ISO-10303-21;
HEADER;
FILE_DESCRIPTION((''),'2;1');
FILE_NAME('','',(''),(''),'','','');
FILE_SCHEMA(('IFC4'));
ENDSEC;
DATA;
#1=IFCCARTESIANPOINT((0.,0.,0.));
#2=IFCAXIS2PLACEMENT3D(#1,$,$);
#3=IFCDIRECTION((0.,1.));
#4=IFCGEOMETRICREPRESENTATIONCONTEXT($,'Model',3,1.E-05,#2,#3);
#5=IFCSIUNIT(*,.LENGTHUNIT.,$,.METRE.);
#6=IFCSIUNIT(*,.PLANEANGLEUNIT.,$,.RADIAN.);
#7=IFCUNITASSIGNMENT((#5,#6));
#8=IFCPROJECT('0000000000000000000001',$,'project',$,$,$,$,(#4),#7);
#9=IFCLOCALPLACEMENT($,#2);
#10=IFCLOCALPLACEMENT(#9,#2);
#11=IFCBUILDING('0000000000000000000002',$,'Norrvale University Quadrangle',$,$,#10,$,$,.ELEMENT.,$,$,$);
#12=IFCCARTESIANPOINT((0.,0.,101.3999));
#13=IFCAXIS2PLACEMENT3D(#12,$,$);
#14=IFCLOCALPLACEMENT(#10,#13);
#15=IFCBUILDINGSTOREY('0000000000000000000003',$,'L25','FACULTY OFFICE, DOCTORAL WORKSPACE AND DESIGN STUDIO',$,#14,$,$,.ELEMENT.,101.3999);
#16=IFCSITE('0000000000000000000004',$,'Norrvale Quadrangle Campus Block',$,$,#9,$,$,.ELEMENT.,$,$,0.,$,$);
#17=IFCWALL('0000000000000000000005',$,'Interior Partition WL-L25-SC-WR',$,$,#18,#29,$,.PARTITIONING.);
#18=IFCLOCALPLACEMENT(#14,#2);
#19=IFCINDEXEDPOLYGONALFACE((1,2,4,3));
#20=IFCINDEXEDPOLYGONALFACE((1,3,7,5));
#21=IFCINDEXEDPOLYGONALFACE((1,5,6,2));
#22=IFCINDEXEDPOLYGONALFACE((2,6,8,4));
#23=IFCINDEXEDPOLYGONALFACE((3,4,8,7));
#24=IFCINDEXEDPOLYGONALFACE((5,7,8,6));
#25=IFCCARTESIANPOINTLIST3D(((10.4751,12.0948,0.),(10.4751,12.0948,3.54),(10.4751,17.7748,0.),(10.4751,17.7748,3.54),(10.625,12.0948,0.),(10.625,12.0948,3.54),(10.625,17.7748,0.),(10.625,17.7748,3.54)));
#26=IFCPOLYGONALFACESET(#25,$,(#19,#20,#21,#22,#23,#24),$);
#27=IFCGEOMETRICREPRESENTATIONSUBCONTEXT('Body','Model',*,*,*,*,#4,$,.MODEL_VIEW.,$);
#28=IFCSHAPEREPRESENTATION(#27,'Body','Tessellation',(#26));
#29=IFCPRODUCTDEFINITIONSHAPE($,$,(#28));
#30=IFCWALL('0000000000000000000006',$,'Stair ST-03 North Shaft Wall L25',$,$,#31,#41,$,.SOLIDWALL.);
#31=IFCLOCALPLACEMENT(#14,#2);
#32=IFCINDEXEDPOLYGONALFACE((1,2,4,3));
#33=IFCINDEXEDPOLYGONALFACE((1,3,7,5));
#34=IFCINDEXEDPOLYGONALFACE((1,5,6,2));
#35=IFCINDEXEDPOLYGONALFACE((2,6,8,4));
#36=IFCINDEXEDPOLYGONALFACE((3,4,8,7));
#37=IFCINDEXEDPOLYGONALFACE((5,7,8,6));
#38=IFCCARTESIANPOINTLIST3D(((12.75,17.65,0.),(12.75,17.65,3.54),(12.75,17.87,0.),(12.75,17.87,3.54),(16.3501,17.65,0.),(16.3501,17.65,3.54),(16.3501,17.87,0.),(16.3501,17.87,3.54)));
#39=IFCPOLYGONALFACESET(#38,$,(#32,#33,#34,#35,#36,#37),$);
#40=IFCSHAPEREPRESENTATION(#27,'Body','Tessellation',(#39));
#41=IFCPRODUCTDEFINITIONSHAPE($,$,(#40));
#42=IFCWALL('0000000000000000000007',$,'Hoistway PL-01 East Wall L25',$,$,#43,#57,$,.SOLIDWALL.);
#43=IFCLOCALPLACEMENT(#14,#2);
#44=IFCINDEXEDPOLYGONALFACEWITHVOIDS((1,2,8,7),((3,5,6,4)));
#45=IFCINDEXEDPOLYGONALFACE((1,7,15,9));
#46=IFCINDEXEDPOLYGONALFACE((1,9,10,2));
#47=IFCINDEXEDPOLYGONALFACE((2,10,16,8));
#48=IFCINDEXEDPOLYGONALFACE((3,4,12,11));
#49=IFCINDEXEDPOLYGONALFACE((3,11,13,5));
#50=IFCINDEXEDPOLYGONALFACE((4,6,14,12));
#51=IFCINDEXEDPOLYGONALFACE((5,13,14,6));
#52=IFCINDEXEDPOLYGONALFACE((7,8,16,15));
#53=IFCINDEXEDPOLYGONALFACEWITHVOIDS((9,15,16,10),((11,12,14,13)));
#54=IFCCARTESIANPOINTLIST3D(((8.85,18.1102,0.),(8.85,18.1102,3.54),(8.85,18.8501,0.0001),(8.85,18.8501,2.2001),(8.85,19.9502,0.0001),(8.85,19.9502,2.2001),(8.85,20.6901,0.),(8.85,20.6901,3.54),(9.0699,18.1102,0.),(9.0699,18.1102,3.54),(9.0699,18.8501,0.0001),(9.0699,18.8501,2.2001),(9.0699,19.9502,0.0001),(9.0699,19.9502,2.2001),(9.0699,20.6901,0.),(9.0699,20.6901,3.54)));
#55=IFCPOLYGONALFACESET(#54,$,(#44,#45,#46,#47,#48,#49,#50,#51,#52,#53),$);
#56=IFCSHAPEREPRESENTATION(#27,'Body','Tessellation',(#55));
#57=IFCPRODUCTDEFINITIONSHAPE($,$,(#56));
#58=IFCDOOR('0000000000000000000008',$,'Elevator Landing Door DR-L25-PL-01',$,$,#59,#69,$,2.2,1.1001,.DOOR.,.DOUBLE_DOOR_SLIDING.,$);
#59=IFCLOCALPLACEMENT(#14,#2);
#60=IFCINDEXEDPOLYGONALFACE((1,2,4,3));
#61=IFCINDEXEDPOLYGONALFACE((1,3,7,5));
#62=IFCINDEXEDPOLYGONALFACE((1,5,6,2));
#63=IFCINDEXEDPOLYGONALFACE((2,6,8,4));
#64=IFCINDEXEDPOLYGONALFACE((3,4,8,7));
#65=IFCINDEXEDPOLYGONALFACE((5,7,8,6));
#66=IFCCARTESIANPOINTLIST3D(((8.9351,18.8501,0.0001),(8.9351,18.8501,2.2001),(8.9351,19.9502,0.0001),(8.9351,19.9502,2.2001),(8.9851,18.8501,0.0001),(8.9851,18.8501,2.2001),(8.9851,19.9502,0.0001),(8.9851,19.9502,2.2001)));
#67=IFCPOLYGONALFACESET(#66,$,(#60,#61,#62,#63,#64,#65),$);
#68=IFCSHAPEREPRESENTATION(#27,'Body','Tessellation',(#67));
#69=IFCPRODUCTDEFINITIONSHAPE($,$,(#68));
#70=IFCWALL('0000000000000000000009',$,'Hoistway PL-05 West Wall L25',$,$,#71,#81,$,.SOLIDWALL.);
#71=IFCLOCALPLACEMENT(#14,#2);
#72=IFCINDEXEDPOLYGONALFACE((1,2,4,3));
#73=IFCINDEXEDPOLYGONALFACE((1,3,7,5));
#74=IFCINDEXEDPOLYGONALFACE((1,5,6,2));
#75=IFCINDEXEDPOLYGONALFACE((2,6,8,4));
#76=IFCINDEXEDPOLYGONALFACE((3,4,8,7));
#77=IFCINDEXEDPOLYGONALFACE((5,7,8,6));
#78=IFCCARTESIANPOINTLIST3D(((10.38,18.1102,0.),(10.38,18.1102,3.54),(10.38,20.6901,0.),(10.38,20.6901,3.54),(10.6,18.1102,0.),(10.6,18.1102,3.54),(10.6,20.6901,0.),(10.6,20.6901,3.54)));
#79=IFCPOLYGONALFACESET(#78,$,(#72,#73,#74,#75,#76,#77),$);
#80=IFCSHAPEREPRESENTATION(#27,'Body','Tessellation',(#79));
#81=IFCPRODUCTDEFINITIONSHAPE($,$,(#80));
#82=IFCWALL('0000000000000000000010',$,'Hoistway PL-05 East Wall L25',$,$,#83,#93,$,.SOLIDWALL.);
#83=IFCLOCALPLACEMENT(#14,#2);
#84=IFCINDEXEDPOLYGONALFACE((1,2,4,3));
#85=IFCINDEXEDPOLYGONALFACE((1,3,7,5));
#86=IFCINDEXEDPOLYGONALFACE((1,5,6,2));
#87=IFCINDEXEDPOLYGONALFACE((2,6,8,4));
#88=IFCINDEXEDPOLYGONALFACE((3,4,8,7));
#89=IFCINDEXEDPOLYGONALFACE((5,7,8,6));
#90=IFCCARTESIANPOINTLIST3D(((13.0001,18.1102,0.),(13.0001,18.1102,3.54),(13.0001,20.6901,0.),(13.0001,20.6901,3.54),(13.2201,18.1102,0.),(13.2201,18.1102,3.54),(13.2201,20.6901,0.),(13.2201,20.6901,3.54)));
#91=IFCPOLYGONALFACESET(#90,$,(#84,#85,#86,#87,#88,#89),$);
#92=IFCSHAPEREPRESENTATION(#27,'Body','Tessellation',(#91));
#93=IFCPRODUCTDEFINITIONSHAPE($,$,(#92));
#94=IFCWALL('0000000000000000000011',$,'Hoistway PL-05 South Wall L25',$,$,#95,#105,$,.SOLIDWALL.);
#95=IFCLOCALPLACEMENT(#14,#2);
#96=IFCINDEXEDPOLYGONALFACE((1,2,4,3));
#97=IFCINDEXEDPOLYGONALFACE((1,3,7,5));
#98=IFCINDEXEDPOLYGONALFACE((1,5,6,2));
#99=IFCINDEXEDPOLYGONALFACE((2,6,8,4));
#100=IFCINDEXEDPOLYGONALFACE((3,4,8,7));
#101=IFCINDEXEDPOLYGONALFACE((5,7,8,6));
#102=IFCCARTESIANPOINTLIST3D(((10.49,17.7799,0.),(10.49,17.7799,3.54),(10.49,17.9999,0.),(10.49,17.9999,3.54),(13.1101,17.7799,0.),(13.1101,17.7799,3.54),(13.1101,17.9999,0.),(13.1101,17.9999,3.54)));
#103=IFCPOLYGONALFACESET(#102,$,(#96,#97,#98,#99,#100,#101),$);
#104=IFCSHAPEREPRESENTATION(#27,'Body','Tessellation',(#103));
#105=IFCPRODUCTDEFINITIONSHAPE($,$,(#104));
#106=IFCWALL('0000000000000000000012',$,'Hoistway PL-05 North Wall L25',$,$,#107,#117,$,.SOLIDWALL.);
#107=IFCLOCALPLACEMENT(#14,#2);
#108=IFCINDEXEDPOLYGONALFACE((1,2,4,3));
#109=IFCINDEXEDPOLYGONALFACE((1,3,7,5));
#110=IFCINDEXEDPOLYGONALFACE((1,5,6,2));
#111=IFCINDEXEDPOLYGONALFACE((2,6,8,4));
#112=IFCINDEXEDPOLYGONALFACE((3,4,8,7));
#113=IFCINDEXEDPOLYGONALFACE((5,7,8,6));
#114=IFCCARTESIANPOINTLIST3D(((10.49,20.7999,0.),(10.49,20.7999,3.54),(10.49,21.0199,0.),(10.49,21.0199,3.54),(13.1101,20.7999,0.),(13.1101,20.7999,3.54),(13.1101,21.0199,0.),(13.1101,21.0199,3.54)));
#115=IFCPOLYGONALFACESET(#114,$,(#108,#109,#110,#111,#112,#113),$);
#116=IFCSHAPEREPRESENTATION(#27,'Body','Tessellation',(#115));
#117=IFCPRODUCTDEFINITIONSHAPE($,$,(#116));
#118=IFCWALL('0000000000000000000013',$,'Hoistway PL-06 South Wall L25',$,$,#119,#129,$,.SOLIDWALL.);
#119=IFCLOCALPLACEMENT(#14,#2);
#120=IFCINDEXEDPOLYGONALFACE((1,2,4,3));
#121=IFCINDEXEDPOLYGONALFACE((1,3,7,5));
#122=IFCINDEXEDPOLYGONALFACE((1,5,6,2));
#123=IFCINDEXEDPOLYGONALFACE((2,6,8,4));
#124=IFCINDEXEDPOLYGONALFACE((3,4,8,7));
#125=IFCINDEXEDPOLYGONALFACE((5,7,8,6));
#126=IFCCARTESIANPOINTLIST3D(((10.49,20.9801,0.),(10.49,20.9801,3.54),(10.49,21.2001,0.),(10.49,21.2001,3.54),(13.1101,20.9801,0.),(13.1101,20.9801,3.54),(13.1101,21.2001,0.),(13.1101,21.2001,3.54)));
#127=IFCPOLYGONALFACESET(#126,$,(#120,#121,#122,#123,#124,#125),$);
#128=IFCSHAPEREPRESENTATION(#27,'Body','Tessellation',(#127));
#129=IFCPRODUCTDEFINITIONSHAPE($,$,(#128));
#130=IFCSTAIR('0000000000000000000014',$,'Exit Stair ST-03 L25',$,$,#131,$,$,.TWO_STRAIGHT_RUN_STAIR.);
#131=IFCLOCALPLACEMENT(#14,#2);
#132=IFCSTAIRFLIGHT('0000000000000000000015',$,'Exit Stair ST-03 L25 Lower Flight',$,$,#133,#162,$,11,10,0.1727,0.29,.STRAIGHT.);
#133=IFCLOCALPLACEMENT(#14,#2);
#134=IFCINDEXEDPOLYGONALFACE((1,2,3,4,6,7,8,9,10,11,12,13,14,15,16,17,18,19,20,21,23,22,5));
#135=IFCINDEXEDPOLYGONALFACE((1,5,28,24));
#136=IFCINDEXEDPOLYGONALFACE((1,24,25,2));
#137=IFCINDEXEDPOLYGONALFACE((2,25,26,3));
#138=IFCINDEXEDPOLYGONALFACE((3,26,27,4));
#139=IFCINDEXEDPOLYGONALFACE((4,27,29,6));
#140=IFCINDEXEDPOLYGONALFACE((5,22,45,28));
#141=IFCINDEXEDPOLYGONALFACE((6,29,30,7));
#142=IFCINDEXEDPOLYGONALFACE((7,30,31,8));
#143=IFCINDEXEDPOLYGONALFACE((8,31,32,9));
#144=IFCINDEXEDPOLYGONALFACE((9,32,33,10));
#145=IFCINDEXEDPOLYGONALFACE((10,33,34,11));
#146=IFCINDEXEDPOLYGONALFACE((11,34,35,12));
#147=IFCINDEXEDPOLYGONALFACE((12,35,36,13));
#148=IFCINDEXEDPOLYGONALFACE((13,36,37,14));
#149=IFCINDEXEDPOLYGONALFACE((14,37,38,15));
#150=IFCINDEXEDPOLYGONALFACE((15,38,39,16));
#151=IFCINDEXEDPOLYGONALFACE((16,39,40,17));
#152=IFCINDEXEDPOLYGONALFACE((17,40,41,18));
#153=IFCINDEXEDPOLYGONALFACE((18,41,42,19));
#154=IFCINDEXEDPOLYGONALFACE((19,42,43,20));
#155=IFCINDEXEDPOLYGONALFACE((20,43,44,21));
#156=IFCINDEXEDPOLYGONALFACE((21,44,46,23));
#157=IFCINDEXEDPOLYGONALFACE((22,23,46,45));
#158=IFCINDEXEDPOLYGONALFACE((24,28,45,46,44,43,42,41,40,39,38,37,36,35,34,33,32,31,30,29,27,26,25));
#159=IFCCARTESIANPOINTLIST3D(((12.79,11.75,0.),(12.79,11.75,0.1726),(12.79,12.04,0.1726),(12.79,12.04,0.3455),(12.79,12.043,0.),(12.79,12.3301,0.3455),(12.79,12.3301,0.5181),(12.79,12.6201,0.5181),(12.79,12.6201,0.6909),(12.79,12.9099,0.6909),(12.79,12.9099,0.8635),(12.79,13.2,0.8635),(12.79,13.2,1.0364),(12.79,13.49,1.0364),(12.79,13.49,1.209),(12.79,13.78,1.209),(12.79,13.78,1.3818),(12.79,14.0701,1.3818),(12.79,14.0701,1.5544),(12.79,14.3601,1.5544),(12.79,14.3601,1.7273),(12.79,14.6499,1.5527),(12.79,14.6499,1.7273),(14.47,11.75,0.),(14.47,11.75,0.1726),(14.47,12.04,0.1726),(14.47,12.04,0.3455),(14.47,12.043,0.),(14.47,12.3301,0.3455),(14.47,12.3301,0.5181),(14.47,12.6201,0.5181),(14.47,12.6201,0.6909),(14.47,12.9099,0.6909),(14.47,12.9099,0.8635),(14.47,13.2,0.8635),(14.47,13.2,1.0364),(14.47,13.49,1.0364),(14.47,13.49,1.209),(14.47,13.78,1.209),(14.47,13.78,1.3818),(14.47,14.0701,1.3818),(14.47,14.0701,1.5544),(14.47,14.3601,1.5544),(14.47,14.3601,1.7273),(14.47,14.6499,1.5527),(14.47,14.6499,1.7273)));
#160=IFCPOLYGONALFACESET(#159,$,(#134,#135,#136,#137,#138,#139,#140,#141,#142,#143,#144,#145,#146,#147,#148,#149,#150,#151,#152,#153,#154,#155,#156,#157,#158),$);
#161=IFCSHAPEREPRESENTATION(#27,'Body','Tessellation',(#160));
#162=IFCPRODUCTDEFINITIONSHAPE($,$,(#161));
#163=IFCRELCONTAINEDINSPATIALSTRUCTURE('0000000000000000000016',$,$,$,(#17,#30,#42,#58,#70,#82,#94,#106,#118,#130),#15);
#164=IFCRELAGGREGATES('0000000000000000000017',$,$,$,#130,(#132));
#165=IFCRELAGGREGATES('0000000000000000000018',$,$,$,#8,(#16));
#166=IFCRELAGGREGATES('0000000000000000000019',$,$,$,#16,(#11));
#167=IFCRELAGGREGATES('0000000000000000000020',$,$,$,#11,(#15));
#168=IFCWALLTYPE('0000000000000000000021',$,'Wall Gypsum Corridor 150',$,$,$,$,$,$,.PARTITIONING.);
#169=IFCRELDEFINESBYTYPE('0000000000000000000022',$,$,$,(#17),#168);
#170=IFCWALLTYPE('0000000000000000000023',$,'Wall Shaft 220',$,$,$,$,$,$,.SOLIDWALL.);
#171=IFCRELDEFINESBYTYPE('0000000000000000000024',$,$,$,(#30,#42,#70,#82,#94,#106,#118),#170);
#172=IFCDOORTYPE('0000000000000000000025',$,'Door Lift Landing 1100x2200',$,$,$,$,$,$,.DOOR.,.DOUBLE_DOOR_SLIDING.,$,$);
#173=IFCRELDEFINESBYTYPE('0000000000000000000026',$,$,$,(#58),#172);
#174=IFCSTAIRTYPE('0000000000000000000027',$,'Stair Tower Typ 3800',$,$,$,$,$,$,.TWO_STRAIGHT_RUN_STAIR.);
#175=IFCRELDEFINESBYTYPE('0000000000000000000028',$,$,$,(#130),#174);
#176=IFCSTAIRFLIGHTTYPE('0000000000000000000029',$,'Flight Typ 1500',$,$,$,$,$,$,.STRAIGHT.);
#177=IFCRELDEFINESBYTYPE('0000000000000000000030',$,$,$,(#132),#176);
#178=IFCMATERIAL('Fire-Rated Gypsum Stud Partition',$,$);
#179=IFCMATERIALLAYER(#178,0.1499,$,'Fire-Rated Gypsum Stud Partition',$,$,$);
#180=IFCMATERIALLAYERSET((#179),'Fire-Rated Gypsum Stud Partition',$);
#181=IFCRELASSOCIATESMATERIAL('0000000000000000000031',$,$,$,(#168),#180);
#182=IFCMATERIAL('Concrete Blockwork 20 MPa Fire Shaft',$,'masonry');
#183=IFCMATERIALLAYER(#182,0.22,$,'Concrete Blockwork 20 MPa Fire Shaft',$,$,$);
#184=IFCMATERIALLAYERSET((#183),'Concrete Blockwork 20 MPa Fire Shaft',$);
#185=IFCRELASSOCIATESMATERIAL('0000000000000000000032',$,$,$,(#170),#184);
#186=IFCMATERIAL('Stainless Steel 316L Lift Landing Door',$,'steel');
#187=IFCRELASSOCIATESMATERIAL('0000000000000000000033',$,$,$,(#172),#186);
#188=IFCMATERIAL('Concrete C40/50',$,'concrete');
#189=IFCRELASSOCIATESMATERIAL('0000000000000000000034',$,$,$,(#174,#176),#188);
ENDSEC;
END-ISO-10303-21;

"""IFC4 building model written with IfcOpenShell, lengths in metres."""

from ifc_helpers import new_model, si_unit, direction, frame, frame_2d, origin, place, context, subcontext, project, spatial, polyline, rectangle, outline, extrude, material, layer, layer_set, type_object, element, fill, aggregate, save


model = new_model("IFC4")

# Units and contexts
model_context = context("Model", 3, precision=1e-05, world=origin(), true_north=direction((0.0, 1.0)))
body_context = subcontext(model_context, "Body", "Model", "MODEL_VIEW")
ifc_project = project(units=[si_unit("LENGTHUNIT", "METRE"), si_unit("PLANEANGLEUNIT", "RADIAN")], contexts=[model_context])

# Site, building, storey
site_placement = place(None, origin())
site = spatial("IfcSite", under=ifc_project, at=site_placement, Name="Norrvale Quadrangle Campus Block", CompositionType="ELEMENT", RefElevation=0.0)
building_placement = place(site_placement, origin())
building = spatial("IfcBuilding", under=site, at=building_placement, Name="Norrvale University Quadrangle", CompositionType="ELEMENT")
storey_placement = place(building_placement, frame((0.0, 0.0, 101.3999)))
storey = spatial("IfcBuildingStorey", under=building, at=storey_placement, Name="L25", Description="FACULTY OFFICE, DOCTORAL WORKSPACE AND DESIGN STUDIO", CompositionType="ELEMENT", Elevation=101.3999)

# Shared definitions
ifc_material_1 = material(Name="Fire-Rated Gypsum Stud Partition")
ifc_layer_1 = layer(ifc_material_1, 0.1499, Name="Fire-Rated Gypsum Stud Partition")
ifc_layer_set_1 = layer_set([ifc_layer_1], Name="Fire-Rated Gypsum Stud Partition")
wall_type_1 = type_object("IfcWallType", Name="Wall Gypsum Corridor 150", PredefinedType="PARTITIONING", material=ifc_layer_set_1)

# Walls
for number, where, z_axis, x_axis, name in (
    (1, (10.55, 12.095, 0.0), (0.0, 0.0, 1.0), (0.0, 1.0, 0.0), "Interior Partition WL-L25-SC-WR"),
):
    element("IfcWall", number, at=place(storey_placement, frame(where, z_axis=z_axis, x_axis=x_axis)), inside=storey, type_object=wall_type_1, Name=name, PredefinedType="PARTITIONING", context=body_context, shape_type="SweptSolid", body=[
        extrude(rectangle(XDim=5.6799, YDim=0.1499, at=frame_2d((2.8398, 0.0))), origin(), (0.0, 0.0, 1.0), 3.54),
    ])
ifc_material_2 = material(Name="Concrete Blockwork 20 MPa Fire Shaft", Category="masonry")
ifc_layer_2 = layer(ifc_material_2, 0.22, Name="Concrete Blockwork 20 MPa Fire Shaft")
ifc_layer_set_2 = layer_set([ifc_layer_2], Name="Concrete Blockwork 20 MPa Fire Shaft")
wall_type_2 = type_object("IfcWallType", Name="Wall Shaft 220", PredefinedType="SOLIDWALL", material=ifc_layer_set_2)
wall_1_placement = place(storey_placement, frame((12.75, 17.76, 0.0), z_axis=(0.0, 0.0, 1.0), x_axis=(1.0, 0.0, 0.0)))
element("IfcWall", 2, at=wall_1_placement, inside=storey, type_object=wall_type_2, Name="Stair ST-03 North Shaft Wall L25", PredefinedType="SOLIDWALL", context=body_context, shape_type="SweptSolid", body=[
    extrude(rectangle(XDim=3.6001, YDim=0.22, at=frame_2d((1.8, 0.0))), origin(), (0.0, 0.0, 1.0), 3.54),
])

# Wall, opening, door
wall_2_placement = place(storey_placement, frame((8.96, 18.1101, 0.0), z_axis=(0.0, 0.0, 1.0), x_axis=(0.0, 1.0, 0.0)))
wall_2 = element("IfcWall", 3, at=wall_2_placement, inside=storey, type_object=wall_type_2, Name="Hoistway PL-01 East Wall L25", PredefinedType="SOLIDWALL", context=body_context, shape_type="SweptSolid", body=[
    extrude(rectangle(XDim=2.5798, YDim=0.22, at=frame_2d((1.29, 0.0))), origin(), (0.0, 0.0, 1.0), 3.54),
])
opening_1_placement = place(wall_2_placement, frame((0.74, 0.0, 0.0)))
opening_1 = element("IfcOpeningElement", 4, at=opening_1_placement, cuts=wall_2, PredefinedType="OPENING", context=body_context, shape_type="SweptSolid", body=[
    extrude(rectangle(XDim=1.1001, YDim=2.2, at=frame_2d((0.55, 1.1001))), frame((0.0, 0.1221, 0.0), z_axis=(0.0, -1.0, 0.0), x_axis=(1.0, 0.0, 0.0)), (0.0, 0.0, 1.0), 0.2439),
])
ifc_material_3 = material(Name="Stainless Steel 316L Lift Landing Door", Category="steel")
door_type_1 = type_object("IfcDoorType", Name="Door Lift Landing 1100x2200", OperationType="DOUBLE_DOOR_SLIDING", PredefinedType="DOOR", material=ifc_material_3)
door_1_placement = place(opening_1_placement, origin())
door_1 = element("IfcDoor", 5, at=door_1_placement, inside=storey, type_object=door_type_1, Name="Elevator Landing Door DR-L25-PL-01", OperationType="DOUBLE_DOOR_SLIDING", OverallHeight=2.2, OverallWidth=1.1001, PredefinedType="DOOR", context=body_context, shape_type="SweptSolid", body=[
    extrude(rectangle(XDim=1.1001, YDim=2.2, at=frame_2d((0.55, 1.1001))), frame((0.0, 0.0249, 0.0), z_axis=(0.0, -1.0, 0.0), x_axis=(1.0, 0.0, 0.0)), (0.0, 0.0, 1.0), 0.05),
])
fill(opening_1, door_1)

# Walls
for number, where, z_axis, x_axis, name in (
    (6, (10.49, 18.1101, 0.0), (0.0, 0.0, 1.0), (0.0, 1.0, 0.0), "Hoistway PL-05 West Wall L25"),
    (7, (13.1101, 18.1101, 0.0), (0.0, 0.0, 1.0), (0.0, 1.0, 0.0), "Hoistway PL-05 East Wall L25"),
):
    element("IfcWall", number, at=place(storey_placement, frame(where, z_axis=z_axis, x_axis=x_axis)), inside=storey, type_object=wall_type_2, Name=name, PredefinedType="SOLIDWALL", context=body_context, shape_type="SweptSolid", body=[
        extrude(rectangle(XDim=2.5798, YDim=0.22, at=frame_2d((1.29, 0.0))), origin(), (0.0, 0.0, 1.0), 3.54),
    ])
for number, where, z_axis, x_axis, name in (
    (8, (10.49, 17.8899, 0.0), (0.0, 0.0, 1.0), (1.0, 0.0, 0.0), "Hoistway PL-05 South Wall L25"),
    (9, (10.49, 20.9099, 0.0), (0.0, 0.0, 1.0), (1.0, 0.0, 0.0), "Hoistway PL-05 North Wall L25"),
    (10, (10.49, 21.0901, 0.0), (0.0, 0.0, 1.0), (1.0, 0.0, 0.0), "Hoistway PL-06 South Wall L25"),
):
    element("IfcWall", number, at=place(storey_placement, frame(where, z_axis=z_axis, x_axis=x_axis)), inside=storey, type_object=wall_type_2, Name=name, PredefinedType="SOLIDWALL", context=body_context, shape_type="SweptSolid", body=[
        extrude(rectangle(XDim=2.6201, YDim=0.22, at=frame_2d((1.3101, 0.0))), origin(), (0.0, 0.0, 1.0), 3.54),
    ])

# Stair, stair flight
ifc_material_4 = material(Name="Concrete C40/50", Category="concrete")
stair_type = type_object("IfcStairType", Name="Stair Tower Typ 3800", PredefinedType="TWO_STRAIGHT_RUN_STAIR", material=ifc_material_4)
stair_placement = place(storey_placement, origin())
stair = element("IfcStair", 11, at=stair_placement, inside=storey, type_object=stair_type, Name="Exit Stair ST-03 L25", PredefinedType="TWO_STRAIGHT_RUN_STAIR")
stair_flight_type = type_object("IfcStairFlightType", Name="Flight Typ 1500", PredefinedType="STRAIGHT", material=ifc_material_4)
stair_flight_1_placement = place(storey_placement, frame((13.6299, 11.75, 0.0), z_axis=(0.0, 0.0, 1.0), x_axis=(0.0, 1.0, 0.0)))
stair_flight_1 = element("IfcStairFlight", 12, at=stair_flight_1_placement, type_object=stair_flight_type, Name="Exit Stair ST-03 L25 Lower Flight", NumberOfRisers=11, NumberOfTreads=10, PredefinedType="STRAIGHT", RiserHeight=0.1727, TreadLength=0.29, context=body_context, shape_type="SweptSolid", body=[
    extrude(outline(polyline([(0.0, 0.0), (0.0, 0.1726), (0.29, 0.1726), (0.29, 0.3455), (0.5801, 0.3455), (0.5801, 0.5181), (0.8701, 0.5181), (0.8701, 0.6909), (1.1599, 0.6909), (1.1599, 0.8635), (1.45, 0.8635), (1.45, 1.0364), (1.74, 1.0364), (1.74, 1.209), (2.03, 1.209), (2.03, 1.3818), (2.3201, 1.3818), (2.3201, 1.5544), (2.6101, 1.5544), (2.6101, 1.7273), (2.8999, 1.7273), (2.8999, 1.8999), (2.8999, 1.5527), (0.293, 0.0), (0.0, 0.0)])), frame((0.0, 0.8398, 0.0), z_axis=(0.0, -1.0, 0.0), x_axis=(1.0, 0.0, 0.0)), (0.0, 0.0, 1.0), 1.6799),
])
aggregate(stair, [stair_flight_1])

save(model, "model.ifc")
